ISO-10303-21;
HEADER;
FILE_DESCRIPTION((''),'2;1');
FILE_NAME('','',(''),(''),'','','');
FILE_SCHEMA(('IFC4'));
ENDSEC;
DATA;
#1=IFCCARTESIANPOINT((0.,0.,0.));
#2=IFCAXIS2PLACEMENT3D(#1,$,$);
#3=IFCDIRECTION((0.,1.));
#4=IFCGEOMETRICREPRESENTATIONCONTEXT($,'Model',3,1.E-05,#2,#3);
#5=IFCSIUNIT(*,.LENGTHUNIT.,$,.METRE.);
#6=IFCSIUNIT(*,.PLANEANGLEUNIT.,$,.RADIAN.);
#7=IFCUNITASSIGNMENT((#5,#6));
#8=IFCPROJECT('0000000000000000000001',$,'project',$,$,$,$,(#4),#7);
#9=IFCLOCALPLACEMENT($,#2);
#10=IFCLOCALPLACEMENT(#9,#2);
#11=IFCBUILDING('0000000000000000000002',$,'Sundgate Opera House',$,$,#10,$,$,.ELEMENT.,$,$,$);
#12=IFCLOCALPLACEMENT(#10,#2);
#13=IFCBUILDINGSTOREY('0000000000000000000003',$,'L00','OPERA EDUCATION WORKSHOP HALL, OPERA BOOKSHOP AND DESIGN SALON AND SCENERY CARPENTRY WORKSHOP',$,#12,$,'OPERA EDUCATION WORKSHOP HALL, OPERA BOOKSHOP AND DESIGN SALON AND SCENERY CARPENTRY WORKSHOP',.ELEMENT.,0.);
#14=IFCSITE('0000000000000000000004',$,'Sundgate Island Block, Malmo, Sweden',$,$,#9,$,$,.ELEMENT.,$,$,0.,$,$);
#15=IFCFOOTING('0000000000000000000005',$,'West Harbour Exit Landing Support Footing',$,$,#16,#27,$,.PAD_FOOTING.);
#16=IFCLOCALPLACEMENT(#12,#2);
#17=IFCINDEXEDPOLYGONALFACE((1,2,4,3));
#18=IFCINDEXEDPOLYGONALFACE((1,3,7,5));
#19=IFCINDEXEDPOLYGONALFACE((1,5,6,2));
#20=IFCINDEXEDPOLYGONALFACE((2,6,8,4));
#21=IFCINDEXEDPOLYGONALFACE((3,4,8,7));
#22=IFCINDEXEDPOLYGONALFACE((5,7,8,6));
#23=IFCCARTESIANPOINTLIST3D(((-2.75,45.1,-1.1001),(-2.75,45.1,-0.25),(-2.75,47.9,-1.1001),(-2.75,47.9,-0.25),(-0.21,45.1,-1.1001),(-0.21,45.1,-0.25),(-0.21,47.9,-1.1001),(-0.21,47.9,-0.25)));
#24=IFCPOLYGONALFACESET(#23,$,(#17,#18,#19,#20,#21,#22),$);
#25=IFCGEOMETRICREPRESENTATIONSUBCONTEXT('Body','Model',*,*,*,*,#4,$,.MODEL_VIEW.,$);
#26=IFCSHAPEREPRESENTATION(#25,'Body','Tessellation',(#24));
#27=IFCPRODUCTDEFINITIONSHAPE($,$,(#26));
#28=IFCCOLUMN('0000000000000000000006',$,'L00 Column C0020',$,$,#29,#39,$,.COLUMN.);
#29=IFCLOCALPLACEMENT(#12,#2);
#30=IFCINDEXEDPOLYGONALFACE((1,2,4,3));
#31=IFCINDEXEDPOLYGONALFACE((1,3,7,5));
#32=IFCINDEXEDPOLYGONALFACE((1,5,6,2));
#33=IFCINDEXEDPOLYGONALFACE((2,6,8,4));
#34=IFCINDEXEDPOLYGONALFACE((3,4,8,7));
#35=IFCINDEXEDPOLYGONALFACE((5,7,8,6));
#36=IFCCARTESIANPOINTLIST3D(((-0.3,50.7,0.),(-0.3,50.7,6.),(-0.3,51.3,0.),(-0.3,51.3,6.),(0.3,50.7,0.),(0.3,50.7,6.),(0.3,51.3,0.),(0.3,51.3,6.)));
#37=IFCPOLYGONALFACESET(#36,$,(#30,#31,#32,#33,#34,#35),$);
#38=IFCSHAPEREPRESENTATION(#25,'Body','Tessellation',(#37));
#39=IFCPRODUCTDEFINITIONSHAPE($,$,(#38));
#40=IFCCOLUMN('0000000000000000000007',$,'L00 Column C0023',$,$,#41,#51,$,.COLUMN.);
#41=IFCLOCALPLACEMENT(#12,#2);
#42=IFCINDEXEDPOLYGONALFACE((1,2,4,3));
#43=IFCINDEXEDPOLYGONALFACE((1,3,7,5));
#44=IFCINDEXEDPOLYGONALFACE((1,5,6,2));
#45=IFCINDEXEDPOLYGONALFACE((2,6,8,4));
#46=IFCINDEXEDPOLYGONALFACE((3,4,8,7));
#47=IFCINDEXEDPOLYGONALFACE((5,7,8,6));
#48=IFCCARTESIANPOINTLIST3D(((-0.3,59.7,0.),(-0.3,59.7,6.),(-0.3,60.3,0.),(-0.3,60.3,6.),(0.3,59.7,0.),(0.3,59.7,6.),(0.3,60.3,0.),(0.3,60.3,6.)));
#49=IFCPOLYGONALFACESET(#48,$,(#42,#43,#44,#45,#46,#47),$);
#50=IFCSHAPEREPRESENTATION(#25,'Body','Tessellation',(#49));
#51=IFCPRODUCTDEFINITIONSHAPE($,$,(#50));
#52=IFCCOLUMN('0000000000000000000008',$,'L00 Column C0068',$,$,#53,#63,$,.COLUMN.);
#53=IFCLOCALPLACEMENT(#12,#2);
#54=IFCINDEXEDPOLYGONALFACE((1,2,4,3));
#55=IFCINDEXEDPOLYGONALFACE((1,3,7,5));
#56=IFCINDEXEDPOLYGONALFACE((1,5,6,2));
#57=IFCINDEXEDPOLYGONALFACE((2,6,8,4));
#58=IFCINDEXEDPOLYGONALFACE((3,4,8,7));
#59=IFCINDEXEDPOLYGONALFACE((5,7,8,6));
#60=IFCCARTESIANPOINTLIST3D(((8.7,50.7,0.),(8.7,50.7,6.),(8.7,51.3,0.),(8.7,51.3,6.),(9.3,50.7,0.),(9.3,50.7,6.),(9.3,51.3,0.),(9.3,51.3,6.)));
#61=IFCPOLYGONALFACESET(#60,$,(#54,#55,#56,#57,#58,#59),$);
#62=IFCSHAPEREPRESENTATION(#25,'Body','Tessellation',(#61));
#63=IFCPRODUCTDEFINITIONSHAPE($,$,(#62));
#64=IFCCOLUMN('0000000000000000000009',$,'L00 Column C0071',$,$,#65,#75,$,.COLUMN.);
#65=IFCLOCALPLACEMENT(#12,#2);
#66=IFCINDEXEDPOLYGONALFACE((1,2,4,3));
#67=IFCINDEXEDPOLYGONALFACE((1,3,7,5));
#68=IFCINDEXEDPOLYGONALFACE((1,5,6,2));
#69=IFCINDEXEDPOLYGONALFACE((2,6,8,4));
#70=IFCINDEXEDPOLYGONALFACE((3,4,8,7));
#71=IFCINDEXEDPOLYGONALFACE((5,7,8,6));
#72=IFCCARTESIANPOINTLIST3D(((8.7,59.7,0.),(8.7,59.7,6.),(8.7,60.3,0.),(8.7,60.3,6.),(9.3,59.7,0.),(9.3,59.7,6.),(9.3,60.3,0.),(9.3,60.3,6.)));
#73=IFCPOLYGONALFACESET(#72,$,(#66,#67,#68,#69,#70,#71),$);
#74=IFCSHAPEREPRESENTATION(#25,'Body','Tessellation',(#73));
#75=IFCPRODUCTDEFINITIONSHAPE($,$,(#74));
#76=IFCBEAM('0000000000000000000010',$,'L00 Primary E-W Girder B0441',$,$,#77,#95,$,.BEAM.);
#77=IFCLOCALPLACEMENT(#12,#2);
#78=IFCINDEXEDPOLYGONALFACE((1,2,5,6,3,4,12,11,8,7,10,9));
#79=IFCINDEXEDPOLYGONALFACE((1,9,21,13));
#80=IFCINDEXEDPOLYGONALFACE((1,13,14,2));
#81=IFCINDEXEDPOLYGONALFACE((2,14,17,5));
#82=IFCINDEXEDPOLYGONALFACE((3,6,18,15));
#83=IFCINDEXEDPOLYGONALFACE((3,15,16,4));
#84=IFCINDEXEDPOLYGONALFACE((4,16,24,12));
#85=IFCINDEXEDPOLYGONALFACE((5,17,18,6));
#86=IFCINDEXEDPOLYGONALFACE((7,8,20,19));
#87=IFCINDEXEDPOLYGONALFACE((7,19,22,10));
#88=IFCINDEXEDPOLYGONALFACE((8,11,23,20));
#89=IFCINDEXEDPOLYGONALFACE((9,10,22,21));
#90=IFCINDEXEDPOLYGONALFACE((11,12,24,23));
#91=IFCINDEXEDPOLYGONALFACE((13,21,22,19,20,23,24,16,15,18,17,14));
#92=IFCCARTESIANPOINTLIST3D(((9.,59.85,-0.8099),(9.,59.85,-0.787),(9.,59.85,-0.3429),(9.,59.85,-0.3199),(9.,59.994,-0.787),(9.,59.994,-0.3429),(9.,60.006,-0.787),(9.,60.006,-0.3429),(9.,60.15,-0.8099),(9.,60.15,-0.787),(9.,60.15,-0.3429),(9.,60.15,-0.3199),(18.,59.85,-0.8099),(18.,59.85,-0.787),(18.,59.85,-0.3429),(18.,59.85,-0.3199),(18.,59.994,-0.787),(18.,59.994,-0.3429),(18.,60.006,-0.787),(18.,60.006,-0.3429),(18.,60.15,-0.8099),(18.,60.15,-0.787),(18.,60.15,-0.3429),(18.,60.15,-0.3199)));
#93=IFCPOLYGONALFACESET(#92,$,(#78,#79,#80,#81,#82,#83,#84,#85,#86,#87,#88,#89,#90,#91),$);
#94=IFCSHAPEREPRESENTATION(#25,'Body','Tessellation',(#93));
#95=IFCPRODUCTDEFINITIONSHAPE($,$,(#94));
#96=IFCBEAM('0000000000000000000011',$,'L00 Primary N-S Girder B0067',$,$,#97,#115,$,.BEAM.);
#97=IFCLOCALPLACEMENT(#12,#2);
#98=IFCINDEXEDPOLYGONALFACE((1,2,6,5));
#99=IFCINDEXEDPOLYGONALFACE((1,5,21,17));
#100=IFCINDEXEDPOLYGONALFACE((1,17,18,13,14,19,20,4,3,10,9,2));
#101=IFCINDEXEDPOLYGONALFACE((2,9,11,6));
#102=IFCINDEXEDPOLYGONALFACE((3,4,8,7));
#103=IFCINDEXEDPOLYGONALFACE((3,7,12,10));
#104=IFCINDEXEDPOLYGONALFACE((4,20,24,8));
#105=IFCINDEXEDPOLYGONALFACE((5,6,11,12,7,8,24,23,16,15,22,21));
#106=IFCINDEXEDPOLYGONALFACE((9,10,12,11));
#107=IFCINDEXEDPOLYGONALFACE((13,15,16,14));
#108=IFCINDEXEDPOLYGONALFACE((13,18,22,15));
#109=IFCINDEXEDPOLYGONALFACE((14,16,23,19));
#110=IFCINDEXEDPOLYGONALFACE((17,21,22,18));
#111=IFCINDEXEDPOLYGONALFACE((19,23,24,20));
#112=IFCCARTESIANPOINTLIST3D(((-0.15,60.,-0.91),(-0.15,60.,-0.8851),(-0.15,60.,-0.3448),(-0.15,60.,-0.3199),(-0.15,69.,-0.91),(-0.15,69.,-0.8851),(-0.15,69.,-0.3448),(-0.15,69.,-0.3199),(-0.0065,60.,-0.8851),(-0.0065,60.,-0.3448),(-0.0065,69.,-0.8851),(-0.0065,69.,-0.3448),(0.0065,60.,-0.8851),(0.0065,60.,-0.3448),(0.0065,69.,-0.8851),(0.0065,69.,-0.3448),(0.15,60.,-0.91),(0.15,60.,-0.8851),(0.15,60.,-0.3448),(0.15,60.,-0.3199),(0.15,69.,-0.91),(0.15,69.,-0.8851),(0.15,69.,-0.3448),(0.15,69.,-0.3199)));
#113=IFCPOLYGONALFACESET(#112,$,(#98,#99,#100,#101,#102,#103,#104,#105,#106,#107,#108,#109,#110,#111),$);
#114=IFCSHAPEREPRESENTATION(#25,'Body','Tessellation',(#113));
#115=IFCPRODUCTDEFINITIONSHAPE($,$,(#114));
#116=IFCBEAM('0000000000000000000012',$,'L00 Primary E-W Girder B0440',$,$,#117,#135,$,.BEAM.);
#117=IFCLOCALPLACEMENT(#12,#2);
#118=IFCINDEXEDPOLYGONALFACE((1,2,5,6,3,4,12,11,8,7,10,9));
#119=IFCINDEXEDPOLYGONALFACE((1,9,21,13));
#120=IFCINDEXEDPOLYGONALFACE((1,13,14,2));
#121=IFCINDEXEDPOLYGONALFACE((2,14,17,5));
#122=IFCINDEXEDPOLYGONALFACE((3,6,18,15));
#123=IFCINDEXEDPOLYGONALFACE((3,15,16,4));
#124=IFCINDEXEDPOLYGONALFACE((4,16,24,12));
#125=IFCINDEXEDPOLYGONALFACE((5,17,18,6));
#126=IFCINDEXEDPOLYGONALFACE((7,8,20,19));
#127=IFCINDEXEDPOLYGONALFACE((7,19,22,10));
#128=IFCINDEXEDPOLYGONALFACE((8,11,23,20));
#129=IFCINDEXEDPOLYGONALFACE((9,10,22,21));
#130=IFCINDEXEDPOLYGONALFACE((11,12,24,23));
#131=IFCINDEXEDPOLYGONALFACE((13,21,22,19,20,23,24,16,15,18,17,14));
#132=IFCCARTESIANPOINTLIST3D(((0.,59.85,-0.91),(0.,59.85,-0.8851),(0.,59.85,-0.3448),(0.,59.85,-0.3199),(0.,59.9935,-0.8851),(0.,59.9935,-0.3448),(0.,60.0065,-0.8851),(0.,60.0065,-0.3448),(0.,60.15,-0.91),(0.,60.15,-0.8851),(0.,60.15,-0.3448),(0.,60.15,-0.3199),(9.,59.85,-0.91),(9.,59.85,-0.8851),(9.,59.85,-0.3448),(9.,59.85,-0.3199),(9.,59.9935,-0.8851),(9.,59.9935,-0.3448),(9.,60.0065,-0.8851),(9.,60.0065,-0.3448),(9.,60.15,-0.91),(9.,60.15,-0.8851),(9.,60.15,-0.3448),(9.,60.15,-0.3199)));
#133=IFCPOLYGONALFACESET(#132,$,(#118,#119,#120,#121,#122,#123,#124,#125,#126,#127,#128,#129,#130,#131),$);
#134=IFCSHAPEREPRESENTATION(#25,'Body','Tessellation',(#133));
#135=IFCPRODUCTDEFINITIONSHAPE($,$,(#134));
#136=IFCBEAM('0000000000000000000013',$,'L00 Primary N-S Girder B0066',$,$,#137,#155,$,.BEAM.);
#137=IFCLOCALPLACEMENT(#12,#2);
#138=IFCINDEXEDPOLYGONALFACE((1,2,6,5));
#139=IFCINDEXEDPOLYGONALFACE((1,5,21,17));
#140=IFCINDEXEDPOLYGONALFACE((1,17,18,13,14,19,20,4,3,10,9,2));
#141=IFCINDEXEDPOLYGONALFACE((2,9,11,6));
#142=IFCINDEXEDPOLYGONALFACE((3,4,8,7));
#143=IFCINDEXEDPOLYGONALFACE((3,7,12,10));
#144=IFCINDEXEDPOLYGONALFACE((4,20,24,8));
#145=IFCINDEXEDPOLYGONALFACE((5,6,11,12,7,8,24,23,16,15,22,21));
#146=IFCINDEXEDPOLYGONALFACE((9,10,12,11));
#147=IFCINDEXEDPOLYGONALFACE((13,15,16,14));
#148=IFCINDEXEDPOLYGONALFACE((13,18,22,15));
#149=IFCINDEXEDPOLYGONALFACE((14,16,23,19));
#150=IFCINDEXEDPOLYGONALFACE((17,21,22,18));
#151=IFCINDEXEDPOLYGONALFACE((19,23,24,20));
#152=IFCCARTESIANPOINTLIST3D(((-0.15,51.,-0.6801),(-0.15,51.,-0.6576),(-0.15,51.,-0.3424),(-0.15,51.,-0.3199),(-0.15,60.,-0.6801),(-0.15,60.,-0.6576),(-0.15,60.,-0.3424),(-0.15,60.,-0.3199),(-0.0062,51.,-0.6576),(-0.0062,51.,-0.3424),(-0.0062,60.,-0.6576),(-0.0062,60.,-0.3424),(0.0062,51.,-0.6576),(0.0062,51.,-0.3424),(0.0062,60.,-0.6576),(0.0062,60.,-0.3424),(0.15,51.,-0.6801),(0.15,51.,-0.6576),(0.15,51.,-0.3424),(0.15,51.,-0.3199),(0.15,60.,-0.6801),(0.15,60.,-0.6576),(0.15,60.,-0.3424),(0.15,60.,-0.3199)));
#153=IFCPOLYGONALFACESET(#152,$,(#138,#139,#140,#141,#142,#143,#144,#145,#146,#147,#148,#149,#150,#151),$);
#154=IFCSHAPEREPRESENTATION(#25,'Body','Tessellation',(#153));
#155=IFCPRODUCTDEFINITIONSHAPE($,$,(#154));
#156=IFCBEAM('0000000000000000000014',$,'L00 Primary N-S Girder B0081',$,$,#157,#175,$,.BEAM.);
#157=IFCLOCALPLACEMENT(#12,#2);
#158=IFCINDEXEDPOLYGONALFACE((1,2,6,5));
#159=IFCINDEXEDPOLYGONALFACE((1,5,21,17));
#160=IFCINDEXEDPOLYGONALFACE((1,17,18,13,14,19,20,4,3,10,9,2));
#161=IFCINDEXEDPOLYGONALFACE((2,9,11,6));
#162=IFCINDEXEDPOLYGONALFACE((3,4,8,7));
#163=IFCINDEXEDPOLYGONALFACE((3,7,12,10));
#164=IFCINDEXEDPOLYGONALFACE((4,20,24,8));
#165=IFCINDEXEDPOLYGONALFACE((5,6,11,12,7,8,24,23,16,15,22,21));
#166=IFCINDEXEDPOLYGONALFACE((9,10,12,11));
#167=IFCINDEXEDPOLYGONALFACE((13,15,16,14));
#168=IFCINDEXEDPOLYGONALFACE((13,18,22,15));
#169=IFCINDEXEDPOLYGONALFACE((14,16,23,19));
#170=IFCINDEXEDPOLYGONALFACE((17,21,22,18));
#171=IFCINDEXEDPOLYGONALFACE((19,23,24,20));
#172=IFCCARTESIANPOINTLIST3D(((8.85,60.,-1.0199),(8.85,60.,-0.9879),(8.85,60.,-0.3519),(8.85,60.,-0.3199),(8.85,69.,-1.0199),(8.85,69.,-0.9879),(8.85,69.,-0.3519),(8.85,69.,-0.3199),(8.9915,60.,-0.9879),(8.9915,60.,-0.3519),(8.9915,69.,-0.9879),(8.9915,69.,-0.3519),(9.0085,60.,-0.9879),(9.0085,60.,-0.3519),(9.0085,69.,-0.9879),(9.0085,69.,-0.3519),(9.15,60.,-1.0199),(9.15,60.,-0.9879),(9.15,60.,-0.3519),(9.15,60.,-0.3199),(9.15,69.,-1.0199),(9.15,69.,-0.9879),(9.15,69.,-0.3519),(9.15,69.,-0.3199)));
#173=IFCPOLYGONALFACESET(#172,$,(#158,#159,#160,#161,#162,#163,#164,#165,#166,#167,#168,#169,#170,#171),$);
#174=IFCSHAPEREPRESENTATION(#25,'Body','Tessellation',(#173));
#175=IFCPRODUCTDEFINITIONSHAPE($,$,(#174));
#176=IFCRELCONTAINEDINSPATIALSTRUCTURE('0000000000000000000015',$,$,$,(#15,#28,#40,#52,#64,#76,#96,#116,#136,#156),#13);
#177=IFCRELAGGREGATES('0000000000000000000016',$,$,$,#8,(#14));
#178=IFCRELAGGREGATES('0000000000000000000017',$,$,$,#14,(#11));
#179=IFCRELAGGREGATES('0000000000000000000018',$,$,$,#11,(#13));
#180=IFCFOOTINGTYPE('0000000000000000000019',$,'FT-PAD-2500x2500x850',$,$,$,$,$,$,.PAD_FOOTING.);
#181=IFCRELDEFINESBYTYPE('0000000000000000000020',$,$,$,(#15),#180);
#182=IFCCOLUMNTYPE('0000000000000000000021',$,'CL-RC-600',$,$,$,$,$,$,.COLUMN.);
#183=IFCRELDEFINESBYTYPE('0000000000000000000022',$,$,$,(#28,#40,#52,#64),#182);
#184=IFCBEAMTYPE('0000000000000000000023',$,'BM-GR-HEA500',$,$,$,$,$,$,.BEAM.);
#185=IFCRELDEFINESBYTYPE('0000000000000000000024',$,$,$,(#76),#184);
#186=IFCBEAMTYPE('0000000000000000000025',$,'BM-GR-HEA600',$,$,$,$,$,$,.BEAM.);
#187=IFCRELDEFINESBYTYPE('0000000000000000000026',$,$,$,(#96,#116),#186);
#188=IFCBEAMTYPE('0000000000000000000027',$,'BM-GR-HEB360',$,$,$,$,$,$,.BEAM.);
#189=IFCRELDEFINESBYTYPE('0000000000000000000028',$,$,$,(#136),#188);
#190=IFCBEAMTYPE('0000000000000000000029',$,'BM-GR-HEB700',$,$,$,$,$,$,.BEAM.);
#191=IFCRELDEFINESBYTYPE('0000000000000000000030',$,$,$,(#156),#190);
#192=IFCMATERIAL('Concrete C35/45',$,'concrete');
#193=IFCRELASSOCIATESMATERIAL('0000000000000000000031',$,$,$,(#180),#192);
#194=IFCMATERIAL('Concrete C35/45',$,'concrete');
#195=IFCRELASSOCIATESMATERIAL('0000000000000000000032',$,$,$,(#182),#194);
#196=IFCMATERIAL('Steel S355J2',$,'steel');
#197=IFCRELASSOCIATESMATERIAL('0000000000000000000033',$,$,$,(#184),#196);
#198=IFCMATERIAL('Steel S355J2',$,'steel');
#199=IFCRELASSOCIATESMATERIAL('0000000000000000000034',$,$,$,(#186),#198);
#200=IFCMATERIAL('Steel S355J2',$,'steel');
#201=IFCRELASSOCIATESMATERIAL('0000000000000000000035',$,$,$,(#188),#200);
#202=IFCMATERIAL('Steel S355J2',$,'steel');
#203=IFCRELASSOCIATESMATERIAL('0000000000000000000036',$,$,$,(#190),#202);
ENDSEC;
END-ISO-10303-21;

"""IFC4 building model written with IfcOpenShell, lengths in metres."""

from ifc_helpers import new_model, si_unit, direction, frame, origin, origin_2d, place, context, subcontext, project, spatial, rectangle, i_section, extrude, material, material_profile, profile_set, type_object, element, save


model = new_model("IFC4")

# Units and contexts
model_context = context("Model", 3, precision=1e-05, world=origin(), true_north=direction((0.0, 1.0)))
body_context = subcontext(model_context, "Body", "Model", "MODEL_VIEW")
ifc_project = project(units=[si_unit("LENGTHUNIT", "METRE"), si_unit("PLANEANGLEUNIT", "RADIAN")], contexts=[model_context])

# Site, building, storey
site_placement = place(None, origin())
site = spatial("IfcSite", under=ifc_project, at=site_placement, Name="Sundgate Island Block, Malmo, Sweden", CompositionType="ELEMENT", RefElevation=0.0)
building_placement = place(site_placement, origin())
building = spatial("IfcBuilding", under=site, at=building_placement, Name="Sundgate Opera House", CompositionType="ELEMENT")
storey_placement = place(building_placement, origin())
storey = spatial("IfcBuildingStorey", under=building, at=storey_placement, Name="L00", Description="OPERA EDUCATION WORKSHOP HALL, OPERA BOOKSHOP AND DESIGN SALON AND SCENERY CARPENTRY WORKSHOP", LongName="OPERA EDUCATION WORKSHOP HALL, OPERA BOOKSHOP AND DESIGN SALON AND SCENERY CARPENTRY WORKSHOP", CompositionType="ELEMENT", Elevation=0.0)

# Footing
ifc_material_1 = material(Name="Concrete C35/45", Category="concrete")
footing_type = type_object("IfcFootingType", Name="FT-PAD-2500x2500x850", PredefinedType="PAD_FOOTING", material=ifc_material_1)
footing_placement = place(storey_placement, frame((-1.48, 46.5, -1.1001), z_axis=(0.0, 0.0, 1.0), x_axis=(1.0, 0.0, 0.0)))
element("IfcFooting", 1, at=footing_placement, inside=storey, type_object=footing_type, Name="West Harbour Exit Landing Support Footing", PredefinedType="PAD_FOOTING", context=body_context, shape_type="SweptSolid", body=[
    extrude(rectangle(XDim=2.54, YDim=2.8, at=origin_2d()), origin(), (0.0, 0.0, 1.0), 0.8501),
])

# Columns
ifc_material_2 = material(Name="Concrete C35/45", Category="concrete")
ifc_material_profile_1 = material_profile(ifc_material_2, rectangle(XDim=0.6001, YDim=0.6001, at=origin_2d()), Name="RC 600x600")
ifc_profile_set_1 = profile_set([ifc_material_profile_1], Name="Concrete C35/45")
column_type = type_object("IfcColumnType", Name="CL-RC-600", PredefinedType="COLUMN", material=ifc_profile_set_1)
for number, where, z_axis, x_axis, name in (
    (2, (0.0, 51.0, 0.0), (0.0, 0.0, 1.0), (1.0, 0.0, 0.0), "L00 Column C0020"),
    (3, (0.0, 60.0, 0.0), (0.0, 0.0, 1.0), (1.0, 0.0, 0.0), "L00 Column C0023"),
    (4, (9.0, 51.0, 0.0), (0.0, 0.0, 1.0), (1.0, 0.0, 0.0), "L00 Column C0068"),
    (5, (9.0, 60.0, 0.0), (0.0, 0.0, 1.0), (1.0, 0.0, 0.0), "L00 Column C0071"),
):
    element("IfcColumn", number, at=place(storey_placement, frame(where, z_axis=z_axis, x_axis=x_axis)), inside=storey, type_object=column_type, Name=name, PredefinedType="COLUMN", context=body_context, shape_type="SweptSolid", body=[
        extrude(rectangle(XDim=0.6001, YDim=0.6001, at=origin_2d()), origin(), (0.0, 0.0, 1.0), 6.0),
    ])

# Beams
ifc_material_3 = material(Name="Steel S355J2", Category="steel")
ifc_material_profile_2 = material_profile(ifc_material_3, i_section(OverallWidth=0.3, OverallDepth=0.49, WebThickness=0.012, FlangeThickness=0.0229, at=origin_2d()), Name="HEA 500")
ifc_profile_set_2 = profile_set([ifc_material_profile_2], Name="Steel S355J2")
beam_type_1 = type_object("IfcBeamType", Name="BM-GR-HEA500", PredefinedType="BEAM", material=ifc_profile_set_2)
beam_1_placement = place(storey_placement, frame((9.0, 60.0, -0.5649), z_axis=(1.0, 0.0, 0.0), x_axis=(0.0, 1.0, 0.0)))
element("IfcBeam", 6, at=beam_1_placement, inside=storey, type_object=beam_type_1, Name="L00 Primary E-W Girder B0441", PredefinedType="BEAM", context=body_context, shape_type="SweptSolid", body=[
    extrude(i_section(OverallWidth=0.3, OverallDepth=0.49, WebThickness=0.012, FlangeThickness=0.0229, at=origin_2d()), origin(), (0.0, 0.0, 1.0), 9.0),
])
ifc_material_4 = material(Name="Steel S355J2", Category="steel")
ifc_material_profile_3 = material_profile(ifc_material_4, i_section(OverallWidth=0.3, OverallDepth=0.5901, WebThickness=0.0129, FlangeThickness=0.0249, at=origin_2d()), Name="HEA 600")
ifc_profile_set_3 = profile_set([ifc_material_profile_3], Name="Steel S355J2")
beam_type_2 = type_object("IfcBeamType", Name="BM-GR-HEA600", PredefinedType="BEAM", material=ifc_profile_set_3)
for number, where, z_axis, x_axis, name in (
    (7, (0.0, 60.0, -0.615), (0.0, 1.0, 0.0), (-1.0, 0.0, 0.0), "L00 Primary N-S Girder B0067"),
    (8, (0.0, 60.0, -0.615), (1.0, 0.0, 0.0), (0.0, 1.0, 0.0), "L00 Primary E-W Girder B0440"),
):
    element("IfcBeam", number, at=place(storey_placement, frame(where, z_axis=z_axis, x_axis=x_axis)), inside=storey, type_object=beam_type_2, Name=name, PredefinedType="BEAM", context=body_context, shape_type="SweptSolid", body=[
        extrude(i_section(OverallWidth=0.3, OverallDepth=0.5901, WebThickness=0.0129, FlangeThickness=0.0249, at=origin_2d()), origin(), (0.0, 0.0, 1.0), 9.0),
    ])
ifc_material_5 = material(Name="Steel S355J2", Category="steel")
ifc_material_profile_4 = material_profile(ifc_material_5, i_section(OverallWidth=0.3, OverallDepth=0.3601, WebThickness=0.0125, FlangeThickness=0.0225, at=origin_2d()), Name="HEB 360")
ifc_profile_set_4 = profile_set([ifc_material_profile_4], Name="Steel S355J2")
beam_type_3 = type_object("IfcBeamType", Name="BM-GR-HEB360", PredefinedType="BEAM", material=ifc_profile_set_4)
beam_2_placement = place(storey_placement, frame((0.0, 51.0, -0.5), z_axis=(0.0, 1.0, 0.0), x_axis=(-1.0, 0.0, 0.0)))
element("IfcBeam", 9, at=beam_2_placement, inside=storey, type_object=beam_type_3, Name="L00 Primary N-S Girder B0066", PredefinedType="BEAM", context=body_context, shape_type="SweptSolid", body=[
    extrude(i_section(OverallWidth=0.3, OverallDepth=0.3601, WebThickness=0.0125, FlangeThickness=0.0225, at=origin_2d()), origin(), (0.0, 0.0, 1.0), 9.0),
])
ifc_material_6 = material(Name="Steel S355J2", Category="steel")
ifc_material_profile_5 = material_profile(ifc_material_6, i_section(OverallWidth=0.3, OverallDepth=0.7, WebThickness=0.0171, FlangeThickness=0.032, at=origin_2d()), Name="HEB 700")
ifc_profile_set_5 = profile_set([ifc_material_profile_5], Name="Steel S355J2")
beam_type_4 = type_object("IfcBeamType", Name="BM-GR-HEB700", PredefinedType="BEAM", material=ifc_profile_set_5)
beam_3_placement = place(storey_placement, frame((9.0, 60.0, -0.6699), z_axis=(0.0, 1.0, 0.0), x_axis=(-1.0, 0.0, 0.0)))
element("IfcBeam", 10, at=beam_3_placement, inside=storey, type_object=beam_type_4, Name="L00 Primary N-S Girder B0081", PredefinedType="BEAM", context=body_context, shape_type="SweptSolid", body=[
    extrude(i_section(OverallWidth=0.3, OverallDepth=0.7, WebThickness=0.0171, FlangeThickness=0.032, at=origin_2d()), origin(), (0.0, 0.0, 1.0), 9.0),
])

save(model, "model.ifc")
